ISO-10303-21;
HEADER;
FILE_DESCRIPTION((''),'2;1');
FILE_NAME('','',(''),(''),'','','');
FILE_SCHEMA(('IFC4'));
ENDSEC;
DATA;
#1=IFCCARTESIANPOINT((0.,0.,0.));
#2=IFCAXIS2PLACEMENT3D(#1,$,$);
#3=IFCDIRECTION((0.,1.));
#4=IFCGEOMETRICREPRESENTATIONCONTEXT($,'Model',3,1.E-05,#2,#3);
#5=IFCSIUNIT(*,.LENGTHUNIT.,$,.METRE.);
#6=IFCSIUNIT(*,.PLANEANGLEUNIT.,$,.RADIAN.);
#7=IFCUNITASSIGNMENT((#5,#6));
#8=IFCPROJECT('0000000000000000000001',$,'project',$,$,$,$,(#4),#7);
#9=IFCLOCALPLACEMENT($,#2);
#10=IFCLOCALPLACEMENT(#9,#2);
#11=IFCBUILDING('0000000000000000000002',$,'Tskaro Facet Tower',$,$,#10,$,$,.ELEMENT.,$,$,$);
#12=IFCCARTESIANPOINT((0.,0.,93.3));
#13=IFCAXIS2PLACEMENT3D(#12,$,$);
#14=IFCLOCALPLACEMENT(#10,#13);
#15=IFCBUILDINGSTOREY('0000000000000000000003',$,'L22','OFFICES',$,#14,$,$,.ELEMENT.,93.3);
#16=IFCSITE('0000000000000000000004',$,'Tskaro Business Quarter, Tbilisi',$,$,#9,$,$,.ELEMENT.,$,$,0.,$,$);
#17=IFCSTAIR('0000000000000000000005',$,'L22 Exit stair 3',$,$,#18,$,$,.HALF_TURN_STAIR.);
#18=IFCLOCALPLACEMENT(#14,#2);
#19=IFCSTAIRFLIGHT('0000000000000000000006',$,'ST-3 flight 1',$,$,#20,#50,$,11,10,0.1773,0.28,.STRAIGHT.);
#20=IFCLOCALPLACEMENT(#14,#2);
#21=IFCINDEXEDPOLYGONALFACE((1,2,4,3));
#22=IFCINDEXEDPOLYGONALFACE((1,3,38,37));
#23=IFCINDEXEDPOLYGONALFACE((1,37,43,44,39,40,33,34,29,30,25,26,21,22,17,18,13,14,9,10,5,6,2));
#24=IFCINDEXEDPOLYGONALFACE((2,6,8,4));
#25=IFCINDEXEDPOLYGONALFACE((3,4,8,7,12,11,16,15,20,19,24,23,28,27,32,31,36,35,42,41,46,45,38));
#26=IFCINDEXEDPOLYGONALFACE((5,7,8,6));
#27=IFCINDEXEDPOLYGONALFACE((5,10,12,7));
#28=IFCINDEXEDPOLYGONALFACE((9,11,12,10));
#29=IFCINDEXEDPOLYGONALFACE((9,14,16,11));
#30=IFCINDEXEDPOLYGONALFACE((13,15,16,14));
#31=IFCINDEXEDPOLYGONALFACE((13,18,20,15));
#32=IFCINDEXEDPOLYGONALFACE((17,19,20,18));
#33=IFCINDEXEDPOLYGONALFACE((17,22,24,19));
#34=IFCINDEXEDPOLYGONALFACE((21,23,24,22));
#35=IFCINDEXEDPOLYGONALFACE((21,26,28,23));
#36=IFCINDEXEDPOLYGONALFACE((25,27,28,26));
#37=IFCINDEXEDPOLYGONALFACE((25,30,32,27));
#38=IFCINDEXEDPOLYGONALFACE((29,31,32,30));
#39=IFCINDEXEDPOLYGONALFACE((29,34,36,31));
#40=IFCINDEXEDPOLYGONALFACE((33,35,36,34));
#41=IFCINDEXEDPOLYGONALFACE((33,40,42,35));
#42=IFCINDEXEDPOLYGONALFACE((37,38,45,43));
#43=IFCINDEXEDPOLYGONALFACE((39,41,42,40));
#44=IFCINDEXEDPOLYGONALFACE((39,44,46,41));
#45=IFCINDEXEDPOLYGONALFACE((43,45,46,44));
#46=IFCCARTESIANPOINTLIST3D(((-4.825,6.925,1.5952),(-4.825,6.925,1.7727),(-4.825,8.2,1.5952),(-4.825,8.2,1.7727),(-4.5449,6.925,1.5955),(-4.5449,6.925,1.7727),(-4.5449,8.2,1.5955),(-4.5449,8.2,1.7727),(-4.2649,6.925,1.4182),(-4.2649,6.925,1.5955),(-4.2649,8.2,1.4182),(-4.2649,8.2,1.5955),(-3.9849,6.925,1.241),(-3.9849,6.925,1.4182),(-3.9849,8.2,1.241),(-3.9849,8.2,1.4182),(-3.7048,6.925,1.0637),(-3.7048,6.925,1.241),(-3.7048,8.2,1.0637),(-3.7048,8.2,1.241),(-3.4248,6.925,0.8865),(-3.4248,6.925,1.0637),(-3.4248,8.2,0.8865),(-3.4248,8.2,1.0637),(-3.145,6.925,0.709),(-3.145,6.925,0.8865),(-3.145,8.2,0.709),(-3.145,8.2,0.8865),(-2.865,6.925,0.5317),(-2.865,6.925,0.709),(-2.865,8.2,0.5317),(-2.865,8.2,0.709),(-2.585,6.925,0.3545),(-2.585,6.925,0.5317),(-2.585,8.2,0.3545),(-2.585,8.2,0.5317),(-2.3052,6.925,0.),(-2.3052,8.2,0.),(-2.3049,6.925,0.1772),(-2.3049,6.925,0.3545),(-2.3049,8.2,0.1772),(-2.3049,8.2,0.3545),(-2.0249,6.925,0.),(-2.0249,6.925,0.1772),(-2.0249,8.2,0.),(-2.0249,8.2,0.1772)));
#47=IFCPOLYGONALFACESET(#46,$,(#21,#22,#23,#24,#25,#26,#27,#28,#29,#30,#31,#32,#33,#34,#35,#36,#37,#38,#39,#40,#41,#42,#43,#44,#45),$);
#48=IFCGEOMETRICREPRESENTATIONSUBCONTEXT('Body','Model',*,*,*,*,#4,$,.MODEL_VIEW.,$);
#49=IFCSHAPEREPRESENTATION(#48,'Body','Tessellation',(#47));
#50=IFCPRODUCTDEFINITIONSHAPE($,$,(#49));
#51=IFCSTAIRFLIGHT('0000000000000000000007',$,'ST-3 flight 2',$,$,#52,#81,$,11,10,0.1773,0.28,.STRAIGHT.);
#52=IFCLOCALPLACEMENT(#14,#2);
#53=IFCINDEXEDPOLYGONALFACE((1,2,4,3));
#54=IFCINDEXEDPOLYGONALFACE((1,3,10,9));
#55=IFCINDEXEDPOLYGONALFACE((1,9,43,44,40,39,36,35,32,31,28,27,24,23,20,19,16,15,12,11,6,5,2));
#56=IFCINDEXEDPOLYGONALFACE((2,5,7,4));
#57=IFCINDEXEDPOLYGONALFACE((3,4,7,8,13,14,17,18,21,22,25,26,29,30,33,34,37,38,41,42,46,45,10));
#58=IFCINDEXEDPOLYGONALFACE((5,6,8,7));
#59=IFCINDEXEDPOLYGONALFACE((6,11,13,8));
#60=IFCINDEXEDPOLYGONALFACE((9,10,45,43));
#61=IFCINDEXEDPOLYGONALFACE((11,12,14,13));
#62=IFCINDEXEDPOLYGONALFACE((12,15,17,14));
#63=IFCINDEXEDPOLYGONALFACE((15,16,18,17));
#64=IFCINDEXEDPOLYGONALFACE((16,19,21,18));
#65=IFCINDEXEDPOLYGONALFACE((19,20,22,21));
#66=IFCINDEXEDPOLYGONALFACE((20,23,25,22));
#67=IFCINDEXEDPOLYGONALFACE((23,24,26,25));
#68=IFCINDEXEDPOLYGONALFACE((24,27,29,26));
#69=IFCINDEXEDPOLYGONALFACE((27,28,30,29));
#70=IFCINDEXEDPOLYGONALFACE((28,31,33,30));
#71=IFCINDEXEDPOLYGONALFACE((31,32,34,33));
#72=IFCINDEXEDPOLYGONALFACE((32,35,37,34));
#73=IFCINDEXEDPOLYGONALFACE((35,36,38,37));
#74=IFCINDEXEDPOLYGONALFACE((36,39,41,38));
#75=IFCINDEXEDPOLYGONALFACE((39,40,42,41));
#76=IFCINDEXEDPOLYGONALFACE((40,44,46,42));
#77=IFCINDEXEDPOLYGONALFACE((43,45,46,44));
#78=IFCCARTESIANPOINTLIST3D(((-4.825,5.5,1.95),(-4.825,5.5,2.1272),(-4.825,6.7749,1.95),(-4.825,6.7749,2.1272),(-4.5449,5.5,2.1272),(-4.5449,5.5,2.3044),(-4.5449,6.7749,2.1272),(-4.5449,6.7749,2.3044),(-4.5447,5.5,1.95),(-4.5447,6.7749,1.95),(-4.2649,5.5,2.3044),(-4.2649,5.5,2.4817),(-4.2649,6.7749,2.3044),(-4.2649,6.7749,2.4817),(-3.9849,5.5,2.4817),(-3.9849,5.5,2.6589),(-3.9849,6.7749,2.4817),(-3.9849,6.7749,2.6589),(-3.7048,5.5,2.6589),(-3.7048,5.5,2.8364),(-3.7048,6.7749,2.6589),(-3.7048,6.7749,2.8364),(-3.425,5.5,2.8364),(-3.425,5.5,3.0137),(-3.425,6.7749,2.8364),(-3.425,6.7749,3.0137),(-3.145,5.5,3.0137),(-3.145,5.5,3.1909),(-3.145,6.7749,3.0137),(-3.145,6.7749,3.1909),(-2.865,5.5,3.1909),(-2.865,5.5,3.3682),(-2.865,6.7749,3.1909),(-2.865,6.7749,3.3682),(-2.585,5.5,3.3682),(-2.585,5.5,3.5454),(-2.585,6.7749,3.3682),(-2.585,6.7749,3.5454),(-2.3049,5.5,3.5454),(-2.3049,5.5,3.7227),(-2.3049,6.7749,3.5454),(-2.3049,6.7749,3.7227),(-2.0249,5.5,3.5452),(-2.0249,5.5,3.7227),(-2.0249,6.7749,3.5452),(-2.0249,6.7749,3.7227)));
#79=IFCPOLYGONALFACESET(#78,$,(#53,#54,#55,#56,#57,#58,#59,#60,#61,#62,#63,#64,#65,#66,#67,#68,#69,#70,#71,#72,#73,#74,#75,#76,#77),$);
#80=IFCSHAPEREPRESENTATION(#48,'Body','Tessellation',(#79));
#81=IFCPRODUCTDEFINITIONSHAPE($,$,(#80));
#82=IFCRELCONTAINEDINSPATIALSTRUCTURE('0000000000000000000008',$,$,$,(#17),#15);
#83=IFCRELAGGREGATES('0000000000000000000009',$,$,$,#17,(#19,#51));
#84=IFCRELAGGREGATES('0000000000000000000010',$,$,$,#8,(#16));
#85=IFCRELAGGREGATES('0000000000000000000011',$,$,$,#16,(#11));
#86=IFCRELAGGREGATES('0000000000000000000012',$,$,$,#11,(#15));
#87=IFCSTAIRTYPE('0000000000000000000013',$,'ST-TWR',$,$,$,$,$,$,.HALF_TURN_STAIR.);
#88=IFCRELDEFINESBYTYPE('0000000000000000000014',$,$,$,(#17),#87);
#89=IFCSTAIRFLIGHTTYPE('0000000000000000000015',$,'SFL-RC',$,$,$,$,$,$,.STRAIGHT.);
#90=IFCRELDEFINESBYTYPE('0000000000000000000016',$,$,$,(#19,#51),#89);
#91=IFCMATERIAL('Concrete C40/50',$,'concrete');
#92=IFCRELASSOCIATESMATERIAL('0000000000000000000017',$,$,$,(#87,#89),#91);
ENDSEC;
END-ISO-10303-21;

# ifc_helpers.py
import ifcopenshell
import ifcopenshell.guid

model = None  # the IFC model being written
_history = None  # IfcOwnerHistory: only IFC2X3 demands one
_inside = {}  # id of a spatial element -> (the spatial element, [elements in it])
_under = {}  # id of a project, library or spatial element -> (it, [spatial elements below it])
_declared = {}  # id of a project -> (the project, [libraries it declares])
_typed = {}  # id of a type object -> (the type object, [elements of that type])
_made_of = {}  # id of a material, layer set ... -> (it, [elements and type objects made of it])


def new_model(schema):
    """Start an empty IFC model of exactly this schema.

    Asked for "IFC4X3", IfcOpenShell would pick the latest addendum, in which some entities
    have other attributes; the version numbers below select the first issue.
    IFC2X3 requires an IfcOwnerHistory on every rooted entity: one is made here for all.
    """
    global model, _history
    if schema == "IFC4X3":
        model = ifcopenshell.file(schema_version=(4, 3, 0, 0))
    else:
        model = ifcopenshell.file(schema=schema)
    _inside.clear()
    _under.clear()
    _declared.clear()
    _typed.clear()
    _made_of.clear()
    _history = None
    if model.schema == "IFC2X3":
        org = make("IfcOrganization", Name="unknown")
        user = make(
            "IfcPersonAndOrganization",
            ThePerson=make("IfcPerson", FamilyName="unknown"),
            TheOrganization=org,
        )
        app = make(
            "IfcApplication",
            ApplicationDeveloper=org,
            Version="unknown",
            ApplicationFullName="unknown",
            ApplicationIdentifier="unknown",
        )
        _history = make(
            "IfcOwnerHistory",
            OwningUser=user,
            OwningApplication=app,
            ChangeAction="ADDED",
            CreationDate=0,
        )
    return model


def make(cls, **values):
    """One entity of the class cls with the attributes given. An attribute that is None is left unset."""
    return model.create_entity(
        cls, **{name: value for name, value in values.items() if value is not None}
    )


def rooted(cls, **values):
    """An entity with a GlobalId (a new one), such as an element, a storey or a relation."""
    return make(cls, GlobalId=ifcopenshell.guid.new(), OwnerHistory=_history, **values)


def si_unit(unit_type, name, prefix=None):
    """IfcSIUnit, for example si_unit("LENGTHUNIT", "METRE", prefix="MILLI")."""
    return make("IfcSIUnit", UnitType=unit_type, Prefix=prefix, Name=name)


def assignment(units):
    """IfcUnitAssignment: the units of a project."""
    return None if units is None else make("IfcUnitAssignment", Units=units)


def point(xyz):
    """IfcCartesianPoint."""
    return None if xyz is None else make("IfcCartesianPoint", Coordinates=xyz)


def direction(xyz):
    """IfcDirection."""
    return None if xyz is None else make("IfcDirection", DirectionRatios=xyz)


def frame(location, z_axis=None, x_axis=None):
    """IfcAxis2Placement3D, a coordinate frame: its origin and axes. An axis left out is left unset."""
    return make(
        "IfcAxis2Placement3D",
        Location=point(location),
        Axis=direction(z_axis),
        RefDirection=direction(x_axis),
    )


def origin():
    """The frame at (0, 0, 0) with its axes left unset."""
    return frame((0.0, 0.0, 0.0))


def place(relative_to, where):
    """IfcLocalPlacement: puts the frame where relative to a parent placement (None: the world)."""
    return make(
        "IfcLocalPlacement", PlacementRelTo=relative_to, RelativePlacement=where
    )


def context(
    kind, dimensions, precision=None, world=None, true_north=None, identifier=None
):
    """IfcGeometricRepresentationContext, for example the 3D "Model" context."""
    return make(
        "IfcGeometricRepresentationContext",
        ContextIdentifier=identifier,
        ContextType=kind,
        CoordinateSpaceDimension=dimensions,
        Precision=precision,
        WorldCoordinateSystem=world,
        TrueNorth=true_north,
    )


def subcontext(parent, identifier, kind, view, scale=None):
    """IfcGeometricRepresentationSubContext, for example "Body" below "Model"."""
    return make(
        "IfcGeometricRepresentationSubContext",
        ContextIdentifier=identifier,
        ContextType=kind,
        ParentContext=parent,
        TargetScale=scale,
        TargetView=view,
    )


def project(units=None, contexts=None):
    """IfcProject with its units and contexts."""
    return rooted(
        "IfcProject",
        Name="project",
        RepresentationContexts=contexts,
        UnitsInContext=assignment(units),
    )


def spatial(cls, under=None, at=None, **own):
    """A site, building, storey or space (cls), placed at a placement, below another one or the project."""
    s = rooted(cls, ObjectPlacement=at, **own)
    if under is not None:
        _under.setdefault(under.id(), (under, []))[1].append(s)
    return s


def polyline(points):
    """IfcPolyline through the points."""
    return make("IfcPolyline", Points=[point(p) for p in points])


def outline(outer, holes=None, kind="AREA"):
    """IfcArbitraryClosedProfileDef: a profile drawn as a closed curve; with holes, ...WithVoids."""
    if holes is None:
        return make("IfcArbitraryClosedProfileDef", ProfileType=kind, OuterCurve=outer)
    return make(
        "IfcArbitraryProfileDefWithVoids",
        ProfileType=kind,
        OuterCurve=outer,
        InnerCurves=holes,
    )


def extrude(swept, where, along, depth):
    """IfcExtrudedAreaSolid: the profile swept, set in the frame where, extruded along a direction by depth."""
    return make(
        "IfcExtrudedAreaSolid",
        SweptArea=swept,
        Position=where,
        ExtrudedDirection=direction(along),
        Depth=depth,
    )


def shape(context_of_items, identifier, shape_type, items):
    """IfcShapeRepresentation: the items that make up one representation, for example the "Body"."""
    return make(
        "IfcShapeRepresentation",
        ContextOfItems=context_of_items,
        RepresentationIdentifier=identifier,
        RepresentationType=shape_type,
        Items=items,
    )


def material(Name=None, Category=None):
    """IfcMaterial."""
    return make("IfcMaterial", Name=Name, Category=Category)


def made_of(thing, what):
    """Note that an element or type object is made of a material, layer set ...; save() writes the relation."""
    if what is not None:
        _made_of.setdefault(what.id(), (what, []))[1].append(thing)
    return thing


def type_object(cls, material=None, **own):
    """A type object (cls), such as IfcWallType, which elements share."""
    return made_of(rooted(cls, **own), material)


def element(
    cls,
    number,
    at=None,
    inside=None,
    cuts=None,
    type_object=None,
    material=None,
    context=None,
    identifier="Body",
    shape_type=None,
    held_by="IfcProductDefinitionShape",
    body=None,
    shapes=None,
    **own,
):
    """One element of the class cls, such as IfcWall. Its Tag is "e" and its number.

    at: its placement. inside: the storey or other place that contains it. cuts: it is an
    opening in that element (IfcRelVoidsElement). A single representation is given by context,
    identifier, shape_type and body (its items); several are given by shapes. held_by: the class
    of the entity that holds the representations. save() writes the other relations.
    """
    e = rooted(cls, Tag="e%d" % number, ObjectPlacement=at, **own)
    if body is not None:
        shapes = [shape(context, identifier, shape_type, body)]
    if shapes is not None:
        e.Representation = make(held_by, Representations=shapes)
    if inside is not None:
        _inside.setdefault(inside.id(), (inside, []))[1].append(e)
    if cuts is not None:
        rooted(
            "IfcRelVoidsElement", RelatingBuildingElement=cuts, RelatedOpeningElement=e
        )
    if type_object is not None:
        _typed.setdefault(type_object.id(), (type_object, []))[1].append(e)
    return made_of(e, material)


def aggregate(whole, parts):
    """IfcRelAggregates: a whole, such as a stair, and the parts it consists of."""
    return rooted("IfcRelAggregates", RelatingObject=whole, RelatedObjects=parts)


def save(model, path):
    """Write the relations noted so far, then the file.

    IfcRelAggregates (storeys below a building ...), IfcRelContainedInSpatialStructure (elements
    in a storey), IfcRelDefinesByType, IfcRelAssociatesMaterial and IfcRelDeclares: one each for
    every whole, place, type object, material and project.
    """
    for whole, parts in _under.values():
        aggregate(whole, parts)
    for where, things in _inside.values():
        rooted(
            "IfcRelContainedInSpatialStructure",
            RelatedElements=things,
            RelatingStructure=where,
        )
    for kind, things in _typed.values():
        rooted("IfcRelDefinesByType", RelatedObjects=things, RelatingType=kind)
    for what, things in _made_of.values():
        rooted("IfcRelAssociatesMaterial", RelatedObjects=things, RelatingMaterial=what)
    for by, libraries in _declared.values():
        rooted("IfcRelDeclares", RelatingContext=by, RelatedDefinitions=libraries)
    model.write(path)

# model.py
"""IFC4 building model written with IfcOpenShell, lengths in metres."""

from ifc_helpers import new_model, si_unit, direction, frame, origin, place, context, subcontext, project, spatial, polyline, outline, extrude, material, type_object, element, aggregate, save


model = new_model("IFC4")

# Units and contexts
model_context = context("Model", 3, precision=1e-05, world=origin(), true_north=direction((0.0, 1.0)))
body_context = subcontext(model_context, "Body", "Model", "MODEL_VIEW")
ifc_project = project(units=[si_unit("LENGTHUNIT", "METRE"), si_unit("PLANEANGLEUNIT", "RADIAN")], contexts=[model_context])

# Site, building, storey
site_placement = place(None, origin())
site = spatial("IfcSite", under=ifc_project, at=site_placement, Name="Tskaro Business Quarter, Tbilisi", CompositionType="ELEMENT", RefElevation=0.0)
building_placement = place(site_placement, origin())
building = spatial("IfcBuilding", under=site, at=building_placement, Name="Tskaro Facet Tower", CompositionType="ELEMENT")
storey_placement = place(building_placement, frame((0.0, 0.0, 93.3)))
storey = spatial("IfcBuildingStorey", under=building, at=storey_placement, Name="L22", Description="OFFICES", CompositionType="ELEMENT", Elevation=93.3)

# Stair
ifc_material_1 = material(Name="Concrete C40/50", Category="concrete")
stair_type = type_object("IfcStairType", Name="ST-TWR", PredefinedType="HALF_TURN_STAIR", material=ifc_material_1)
stair_1_placement = place(storey_placement, origin())
stair_1 = element("IfcStair", 1, at=stair_1_placement, inside=storey, type_object=stair_type, Name="L22 Exit stair 3", PredefinedType="HALF_TURN_STAIR")

# Stair flights
stair_flight_type = type_object("IfcStairFlightType", Name="SFL-RC", PredefinedType="STRAIGHT", material=ifc_material_1)
stair_flight_1_placement = place(storey_placement, frame((-2.0249, 7.5625, 0.0), z_axis=(0.0, 0.0, 1.0), x_axis=(-1.0, 0.0, 0.0)))
stair_flight_1 = element("IfcStairFlight", 2, at=stair_flight_1_placement, type_object=stair_flight_type, Name="ST-3 flight 1", NumberOfRisers=11, NumberOfTreads=10, PredefinedType="STRAIGHT", RiserHeight=0.1773, TreadLength=0.28, context=body_context, shape_type="SweptSolid", body=[
    extrude(outline(polyline([(0.0, 0.0), (0.0, 0.1772), (0.28, 0.1772), (0.28, 0.3545), (0.5601, 0.3545), (0.5601, 0.5317), (0.8401, 0.5317), (0.8401, 0.709), (1.1201, 0.709), (1.1201, 0.8865), (1.3999, 0.8865), (1.3999, 1.0637), (1.6799, 1.0637), (1.6799, 1.241), (1.96, 1.241), (1.96, 1.4182), (2.24, 1.4182), (2.24, 1.5955), (2.52, 1.5955), (2.52, 1.7727), (2.8, 1.7727), (2.8, 1.95), (2.8, 1.5952), (0.2803, 0.0), (0.0, 0.0)])), frame((0.0, 0.6375, 0.0), z_axis=(0.0, -1.0, 0.0), x_axis=(1.0, 0.0, 0.0)), (0.0, 0.0, 1.0), 1.2749),
])
stair_flight_2_placement = place(storey_placement, frame((-4.825, 6.1375, 1.95), z_axis=(0.0, 0.0, 1.0), x_axis=(1.0, 0.0, 0.0)))
stair_flight_2 = element("IfcStairFlight", 3, at=stair_flight_2_placement, type_object=stair_flight_type, Name="ST-3 flight 2", NumberOfRisers=11, NumberOfTreads=10, PredefinedType="STRAIGHT", RiserHeight=0.1773, TreadLength=0.28, context=body_context, shape_type="SweptSolid", body=[
    extrude(outline(polyline([(0.0, 0.0), (0.0, 0.1772), (0.28, 0.1772), (0.28, 0.3545), (0.5601, 0.3545), (0.5601, 0.5317), (0.8401, 0.5317), (0.8401, 0.709), (1.1201, 0.709), (1.1201, 0.8865), (1.3999, 0.8865), (1.3999, 1.0637), (1.6799, 1.0637), (1.6799, 1.241), (1.96, 1.241), (1.96, 1.4182), (2.24, 1.4182), (2.24, 1.5955), (2.52, 1.5955), (2.52, 1.7727), (2.8, 1.7727), (2.8, 1.95), (2.8, 1.5952), (0.2803, 0.0), (0.0, 0.0)])), frame((0.0, 0.6375, 0.0), z_axis=(0.0, -1.0, 0.0), x_axis=(1.0, 0.0, 0.0)), (0.0, 0.0, 1.0), 1.2749),
])
aggregate(stair_1, [stair_flight_1, stair_flight_2])

save(model, "model.ifc")
